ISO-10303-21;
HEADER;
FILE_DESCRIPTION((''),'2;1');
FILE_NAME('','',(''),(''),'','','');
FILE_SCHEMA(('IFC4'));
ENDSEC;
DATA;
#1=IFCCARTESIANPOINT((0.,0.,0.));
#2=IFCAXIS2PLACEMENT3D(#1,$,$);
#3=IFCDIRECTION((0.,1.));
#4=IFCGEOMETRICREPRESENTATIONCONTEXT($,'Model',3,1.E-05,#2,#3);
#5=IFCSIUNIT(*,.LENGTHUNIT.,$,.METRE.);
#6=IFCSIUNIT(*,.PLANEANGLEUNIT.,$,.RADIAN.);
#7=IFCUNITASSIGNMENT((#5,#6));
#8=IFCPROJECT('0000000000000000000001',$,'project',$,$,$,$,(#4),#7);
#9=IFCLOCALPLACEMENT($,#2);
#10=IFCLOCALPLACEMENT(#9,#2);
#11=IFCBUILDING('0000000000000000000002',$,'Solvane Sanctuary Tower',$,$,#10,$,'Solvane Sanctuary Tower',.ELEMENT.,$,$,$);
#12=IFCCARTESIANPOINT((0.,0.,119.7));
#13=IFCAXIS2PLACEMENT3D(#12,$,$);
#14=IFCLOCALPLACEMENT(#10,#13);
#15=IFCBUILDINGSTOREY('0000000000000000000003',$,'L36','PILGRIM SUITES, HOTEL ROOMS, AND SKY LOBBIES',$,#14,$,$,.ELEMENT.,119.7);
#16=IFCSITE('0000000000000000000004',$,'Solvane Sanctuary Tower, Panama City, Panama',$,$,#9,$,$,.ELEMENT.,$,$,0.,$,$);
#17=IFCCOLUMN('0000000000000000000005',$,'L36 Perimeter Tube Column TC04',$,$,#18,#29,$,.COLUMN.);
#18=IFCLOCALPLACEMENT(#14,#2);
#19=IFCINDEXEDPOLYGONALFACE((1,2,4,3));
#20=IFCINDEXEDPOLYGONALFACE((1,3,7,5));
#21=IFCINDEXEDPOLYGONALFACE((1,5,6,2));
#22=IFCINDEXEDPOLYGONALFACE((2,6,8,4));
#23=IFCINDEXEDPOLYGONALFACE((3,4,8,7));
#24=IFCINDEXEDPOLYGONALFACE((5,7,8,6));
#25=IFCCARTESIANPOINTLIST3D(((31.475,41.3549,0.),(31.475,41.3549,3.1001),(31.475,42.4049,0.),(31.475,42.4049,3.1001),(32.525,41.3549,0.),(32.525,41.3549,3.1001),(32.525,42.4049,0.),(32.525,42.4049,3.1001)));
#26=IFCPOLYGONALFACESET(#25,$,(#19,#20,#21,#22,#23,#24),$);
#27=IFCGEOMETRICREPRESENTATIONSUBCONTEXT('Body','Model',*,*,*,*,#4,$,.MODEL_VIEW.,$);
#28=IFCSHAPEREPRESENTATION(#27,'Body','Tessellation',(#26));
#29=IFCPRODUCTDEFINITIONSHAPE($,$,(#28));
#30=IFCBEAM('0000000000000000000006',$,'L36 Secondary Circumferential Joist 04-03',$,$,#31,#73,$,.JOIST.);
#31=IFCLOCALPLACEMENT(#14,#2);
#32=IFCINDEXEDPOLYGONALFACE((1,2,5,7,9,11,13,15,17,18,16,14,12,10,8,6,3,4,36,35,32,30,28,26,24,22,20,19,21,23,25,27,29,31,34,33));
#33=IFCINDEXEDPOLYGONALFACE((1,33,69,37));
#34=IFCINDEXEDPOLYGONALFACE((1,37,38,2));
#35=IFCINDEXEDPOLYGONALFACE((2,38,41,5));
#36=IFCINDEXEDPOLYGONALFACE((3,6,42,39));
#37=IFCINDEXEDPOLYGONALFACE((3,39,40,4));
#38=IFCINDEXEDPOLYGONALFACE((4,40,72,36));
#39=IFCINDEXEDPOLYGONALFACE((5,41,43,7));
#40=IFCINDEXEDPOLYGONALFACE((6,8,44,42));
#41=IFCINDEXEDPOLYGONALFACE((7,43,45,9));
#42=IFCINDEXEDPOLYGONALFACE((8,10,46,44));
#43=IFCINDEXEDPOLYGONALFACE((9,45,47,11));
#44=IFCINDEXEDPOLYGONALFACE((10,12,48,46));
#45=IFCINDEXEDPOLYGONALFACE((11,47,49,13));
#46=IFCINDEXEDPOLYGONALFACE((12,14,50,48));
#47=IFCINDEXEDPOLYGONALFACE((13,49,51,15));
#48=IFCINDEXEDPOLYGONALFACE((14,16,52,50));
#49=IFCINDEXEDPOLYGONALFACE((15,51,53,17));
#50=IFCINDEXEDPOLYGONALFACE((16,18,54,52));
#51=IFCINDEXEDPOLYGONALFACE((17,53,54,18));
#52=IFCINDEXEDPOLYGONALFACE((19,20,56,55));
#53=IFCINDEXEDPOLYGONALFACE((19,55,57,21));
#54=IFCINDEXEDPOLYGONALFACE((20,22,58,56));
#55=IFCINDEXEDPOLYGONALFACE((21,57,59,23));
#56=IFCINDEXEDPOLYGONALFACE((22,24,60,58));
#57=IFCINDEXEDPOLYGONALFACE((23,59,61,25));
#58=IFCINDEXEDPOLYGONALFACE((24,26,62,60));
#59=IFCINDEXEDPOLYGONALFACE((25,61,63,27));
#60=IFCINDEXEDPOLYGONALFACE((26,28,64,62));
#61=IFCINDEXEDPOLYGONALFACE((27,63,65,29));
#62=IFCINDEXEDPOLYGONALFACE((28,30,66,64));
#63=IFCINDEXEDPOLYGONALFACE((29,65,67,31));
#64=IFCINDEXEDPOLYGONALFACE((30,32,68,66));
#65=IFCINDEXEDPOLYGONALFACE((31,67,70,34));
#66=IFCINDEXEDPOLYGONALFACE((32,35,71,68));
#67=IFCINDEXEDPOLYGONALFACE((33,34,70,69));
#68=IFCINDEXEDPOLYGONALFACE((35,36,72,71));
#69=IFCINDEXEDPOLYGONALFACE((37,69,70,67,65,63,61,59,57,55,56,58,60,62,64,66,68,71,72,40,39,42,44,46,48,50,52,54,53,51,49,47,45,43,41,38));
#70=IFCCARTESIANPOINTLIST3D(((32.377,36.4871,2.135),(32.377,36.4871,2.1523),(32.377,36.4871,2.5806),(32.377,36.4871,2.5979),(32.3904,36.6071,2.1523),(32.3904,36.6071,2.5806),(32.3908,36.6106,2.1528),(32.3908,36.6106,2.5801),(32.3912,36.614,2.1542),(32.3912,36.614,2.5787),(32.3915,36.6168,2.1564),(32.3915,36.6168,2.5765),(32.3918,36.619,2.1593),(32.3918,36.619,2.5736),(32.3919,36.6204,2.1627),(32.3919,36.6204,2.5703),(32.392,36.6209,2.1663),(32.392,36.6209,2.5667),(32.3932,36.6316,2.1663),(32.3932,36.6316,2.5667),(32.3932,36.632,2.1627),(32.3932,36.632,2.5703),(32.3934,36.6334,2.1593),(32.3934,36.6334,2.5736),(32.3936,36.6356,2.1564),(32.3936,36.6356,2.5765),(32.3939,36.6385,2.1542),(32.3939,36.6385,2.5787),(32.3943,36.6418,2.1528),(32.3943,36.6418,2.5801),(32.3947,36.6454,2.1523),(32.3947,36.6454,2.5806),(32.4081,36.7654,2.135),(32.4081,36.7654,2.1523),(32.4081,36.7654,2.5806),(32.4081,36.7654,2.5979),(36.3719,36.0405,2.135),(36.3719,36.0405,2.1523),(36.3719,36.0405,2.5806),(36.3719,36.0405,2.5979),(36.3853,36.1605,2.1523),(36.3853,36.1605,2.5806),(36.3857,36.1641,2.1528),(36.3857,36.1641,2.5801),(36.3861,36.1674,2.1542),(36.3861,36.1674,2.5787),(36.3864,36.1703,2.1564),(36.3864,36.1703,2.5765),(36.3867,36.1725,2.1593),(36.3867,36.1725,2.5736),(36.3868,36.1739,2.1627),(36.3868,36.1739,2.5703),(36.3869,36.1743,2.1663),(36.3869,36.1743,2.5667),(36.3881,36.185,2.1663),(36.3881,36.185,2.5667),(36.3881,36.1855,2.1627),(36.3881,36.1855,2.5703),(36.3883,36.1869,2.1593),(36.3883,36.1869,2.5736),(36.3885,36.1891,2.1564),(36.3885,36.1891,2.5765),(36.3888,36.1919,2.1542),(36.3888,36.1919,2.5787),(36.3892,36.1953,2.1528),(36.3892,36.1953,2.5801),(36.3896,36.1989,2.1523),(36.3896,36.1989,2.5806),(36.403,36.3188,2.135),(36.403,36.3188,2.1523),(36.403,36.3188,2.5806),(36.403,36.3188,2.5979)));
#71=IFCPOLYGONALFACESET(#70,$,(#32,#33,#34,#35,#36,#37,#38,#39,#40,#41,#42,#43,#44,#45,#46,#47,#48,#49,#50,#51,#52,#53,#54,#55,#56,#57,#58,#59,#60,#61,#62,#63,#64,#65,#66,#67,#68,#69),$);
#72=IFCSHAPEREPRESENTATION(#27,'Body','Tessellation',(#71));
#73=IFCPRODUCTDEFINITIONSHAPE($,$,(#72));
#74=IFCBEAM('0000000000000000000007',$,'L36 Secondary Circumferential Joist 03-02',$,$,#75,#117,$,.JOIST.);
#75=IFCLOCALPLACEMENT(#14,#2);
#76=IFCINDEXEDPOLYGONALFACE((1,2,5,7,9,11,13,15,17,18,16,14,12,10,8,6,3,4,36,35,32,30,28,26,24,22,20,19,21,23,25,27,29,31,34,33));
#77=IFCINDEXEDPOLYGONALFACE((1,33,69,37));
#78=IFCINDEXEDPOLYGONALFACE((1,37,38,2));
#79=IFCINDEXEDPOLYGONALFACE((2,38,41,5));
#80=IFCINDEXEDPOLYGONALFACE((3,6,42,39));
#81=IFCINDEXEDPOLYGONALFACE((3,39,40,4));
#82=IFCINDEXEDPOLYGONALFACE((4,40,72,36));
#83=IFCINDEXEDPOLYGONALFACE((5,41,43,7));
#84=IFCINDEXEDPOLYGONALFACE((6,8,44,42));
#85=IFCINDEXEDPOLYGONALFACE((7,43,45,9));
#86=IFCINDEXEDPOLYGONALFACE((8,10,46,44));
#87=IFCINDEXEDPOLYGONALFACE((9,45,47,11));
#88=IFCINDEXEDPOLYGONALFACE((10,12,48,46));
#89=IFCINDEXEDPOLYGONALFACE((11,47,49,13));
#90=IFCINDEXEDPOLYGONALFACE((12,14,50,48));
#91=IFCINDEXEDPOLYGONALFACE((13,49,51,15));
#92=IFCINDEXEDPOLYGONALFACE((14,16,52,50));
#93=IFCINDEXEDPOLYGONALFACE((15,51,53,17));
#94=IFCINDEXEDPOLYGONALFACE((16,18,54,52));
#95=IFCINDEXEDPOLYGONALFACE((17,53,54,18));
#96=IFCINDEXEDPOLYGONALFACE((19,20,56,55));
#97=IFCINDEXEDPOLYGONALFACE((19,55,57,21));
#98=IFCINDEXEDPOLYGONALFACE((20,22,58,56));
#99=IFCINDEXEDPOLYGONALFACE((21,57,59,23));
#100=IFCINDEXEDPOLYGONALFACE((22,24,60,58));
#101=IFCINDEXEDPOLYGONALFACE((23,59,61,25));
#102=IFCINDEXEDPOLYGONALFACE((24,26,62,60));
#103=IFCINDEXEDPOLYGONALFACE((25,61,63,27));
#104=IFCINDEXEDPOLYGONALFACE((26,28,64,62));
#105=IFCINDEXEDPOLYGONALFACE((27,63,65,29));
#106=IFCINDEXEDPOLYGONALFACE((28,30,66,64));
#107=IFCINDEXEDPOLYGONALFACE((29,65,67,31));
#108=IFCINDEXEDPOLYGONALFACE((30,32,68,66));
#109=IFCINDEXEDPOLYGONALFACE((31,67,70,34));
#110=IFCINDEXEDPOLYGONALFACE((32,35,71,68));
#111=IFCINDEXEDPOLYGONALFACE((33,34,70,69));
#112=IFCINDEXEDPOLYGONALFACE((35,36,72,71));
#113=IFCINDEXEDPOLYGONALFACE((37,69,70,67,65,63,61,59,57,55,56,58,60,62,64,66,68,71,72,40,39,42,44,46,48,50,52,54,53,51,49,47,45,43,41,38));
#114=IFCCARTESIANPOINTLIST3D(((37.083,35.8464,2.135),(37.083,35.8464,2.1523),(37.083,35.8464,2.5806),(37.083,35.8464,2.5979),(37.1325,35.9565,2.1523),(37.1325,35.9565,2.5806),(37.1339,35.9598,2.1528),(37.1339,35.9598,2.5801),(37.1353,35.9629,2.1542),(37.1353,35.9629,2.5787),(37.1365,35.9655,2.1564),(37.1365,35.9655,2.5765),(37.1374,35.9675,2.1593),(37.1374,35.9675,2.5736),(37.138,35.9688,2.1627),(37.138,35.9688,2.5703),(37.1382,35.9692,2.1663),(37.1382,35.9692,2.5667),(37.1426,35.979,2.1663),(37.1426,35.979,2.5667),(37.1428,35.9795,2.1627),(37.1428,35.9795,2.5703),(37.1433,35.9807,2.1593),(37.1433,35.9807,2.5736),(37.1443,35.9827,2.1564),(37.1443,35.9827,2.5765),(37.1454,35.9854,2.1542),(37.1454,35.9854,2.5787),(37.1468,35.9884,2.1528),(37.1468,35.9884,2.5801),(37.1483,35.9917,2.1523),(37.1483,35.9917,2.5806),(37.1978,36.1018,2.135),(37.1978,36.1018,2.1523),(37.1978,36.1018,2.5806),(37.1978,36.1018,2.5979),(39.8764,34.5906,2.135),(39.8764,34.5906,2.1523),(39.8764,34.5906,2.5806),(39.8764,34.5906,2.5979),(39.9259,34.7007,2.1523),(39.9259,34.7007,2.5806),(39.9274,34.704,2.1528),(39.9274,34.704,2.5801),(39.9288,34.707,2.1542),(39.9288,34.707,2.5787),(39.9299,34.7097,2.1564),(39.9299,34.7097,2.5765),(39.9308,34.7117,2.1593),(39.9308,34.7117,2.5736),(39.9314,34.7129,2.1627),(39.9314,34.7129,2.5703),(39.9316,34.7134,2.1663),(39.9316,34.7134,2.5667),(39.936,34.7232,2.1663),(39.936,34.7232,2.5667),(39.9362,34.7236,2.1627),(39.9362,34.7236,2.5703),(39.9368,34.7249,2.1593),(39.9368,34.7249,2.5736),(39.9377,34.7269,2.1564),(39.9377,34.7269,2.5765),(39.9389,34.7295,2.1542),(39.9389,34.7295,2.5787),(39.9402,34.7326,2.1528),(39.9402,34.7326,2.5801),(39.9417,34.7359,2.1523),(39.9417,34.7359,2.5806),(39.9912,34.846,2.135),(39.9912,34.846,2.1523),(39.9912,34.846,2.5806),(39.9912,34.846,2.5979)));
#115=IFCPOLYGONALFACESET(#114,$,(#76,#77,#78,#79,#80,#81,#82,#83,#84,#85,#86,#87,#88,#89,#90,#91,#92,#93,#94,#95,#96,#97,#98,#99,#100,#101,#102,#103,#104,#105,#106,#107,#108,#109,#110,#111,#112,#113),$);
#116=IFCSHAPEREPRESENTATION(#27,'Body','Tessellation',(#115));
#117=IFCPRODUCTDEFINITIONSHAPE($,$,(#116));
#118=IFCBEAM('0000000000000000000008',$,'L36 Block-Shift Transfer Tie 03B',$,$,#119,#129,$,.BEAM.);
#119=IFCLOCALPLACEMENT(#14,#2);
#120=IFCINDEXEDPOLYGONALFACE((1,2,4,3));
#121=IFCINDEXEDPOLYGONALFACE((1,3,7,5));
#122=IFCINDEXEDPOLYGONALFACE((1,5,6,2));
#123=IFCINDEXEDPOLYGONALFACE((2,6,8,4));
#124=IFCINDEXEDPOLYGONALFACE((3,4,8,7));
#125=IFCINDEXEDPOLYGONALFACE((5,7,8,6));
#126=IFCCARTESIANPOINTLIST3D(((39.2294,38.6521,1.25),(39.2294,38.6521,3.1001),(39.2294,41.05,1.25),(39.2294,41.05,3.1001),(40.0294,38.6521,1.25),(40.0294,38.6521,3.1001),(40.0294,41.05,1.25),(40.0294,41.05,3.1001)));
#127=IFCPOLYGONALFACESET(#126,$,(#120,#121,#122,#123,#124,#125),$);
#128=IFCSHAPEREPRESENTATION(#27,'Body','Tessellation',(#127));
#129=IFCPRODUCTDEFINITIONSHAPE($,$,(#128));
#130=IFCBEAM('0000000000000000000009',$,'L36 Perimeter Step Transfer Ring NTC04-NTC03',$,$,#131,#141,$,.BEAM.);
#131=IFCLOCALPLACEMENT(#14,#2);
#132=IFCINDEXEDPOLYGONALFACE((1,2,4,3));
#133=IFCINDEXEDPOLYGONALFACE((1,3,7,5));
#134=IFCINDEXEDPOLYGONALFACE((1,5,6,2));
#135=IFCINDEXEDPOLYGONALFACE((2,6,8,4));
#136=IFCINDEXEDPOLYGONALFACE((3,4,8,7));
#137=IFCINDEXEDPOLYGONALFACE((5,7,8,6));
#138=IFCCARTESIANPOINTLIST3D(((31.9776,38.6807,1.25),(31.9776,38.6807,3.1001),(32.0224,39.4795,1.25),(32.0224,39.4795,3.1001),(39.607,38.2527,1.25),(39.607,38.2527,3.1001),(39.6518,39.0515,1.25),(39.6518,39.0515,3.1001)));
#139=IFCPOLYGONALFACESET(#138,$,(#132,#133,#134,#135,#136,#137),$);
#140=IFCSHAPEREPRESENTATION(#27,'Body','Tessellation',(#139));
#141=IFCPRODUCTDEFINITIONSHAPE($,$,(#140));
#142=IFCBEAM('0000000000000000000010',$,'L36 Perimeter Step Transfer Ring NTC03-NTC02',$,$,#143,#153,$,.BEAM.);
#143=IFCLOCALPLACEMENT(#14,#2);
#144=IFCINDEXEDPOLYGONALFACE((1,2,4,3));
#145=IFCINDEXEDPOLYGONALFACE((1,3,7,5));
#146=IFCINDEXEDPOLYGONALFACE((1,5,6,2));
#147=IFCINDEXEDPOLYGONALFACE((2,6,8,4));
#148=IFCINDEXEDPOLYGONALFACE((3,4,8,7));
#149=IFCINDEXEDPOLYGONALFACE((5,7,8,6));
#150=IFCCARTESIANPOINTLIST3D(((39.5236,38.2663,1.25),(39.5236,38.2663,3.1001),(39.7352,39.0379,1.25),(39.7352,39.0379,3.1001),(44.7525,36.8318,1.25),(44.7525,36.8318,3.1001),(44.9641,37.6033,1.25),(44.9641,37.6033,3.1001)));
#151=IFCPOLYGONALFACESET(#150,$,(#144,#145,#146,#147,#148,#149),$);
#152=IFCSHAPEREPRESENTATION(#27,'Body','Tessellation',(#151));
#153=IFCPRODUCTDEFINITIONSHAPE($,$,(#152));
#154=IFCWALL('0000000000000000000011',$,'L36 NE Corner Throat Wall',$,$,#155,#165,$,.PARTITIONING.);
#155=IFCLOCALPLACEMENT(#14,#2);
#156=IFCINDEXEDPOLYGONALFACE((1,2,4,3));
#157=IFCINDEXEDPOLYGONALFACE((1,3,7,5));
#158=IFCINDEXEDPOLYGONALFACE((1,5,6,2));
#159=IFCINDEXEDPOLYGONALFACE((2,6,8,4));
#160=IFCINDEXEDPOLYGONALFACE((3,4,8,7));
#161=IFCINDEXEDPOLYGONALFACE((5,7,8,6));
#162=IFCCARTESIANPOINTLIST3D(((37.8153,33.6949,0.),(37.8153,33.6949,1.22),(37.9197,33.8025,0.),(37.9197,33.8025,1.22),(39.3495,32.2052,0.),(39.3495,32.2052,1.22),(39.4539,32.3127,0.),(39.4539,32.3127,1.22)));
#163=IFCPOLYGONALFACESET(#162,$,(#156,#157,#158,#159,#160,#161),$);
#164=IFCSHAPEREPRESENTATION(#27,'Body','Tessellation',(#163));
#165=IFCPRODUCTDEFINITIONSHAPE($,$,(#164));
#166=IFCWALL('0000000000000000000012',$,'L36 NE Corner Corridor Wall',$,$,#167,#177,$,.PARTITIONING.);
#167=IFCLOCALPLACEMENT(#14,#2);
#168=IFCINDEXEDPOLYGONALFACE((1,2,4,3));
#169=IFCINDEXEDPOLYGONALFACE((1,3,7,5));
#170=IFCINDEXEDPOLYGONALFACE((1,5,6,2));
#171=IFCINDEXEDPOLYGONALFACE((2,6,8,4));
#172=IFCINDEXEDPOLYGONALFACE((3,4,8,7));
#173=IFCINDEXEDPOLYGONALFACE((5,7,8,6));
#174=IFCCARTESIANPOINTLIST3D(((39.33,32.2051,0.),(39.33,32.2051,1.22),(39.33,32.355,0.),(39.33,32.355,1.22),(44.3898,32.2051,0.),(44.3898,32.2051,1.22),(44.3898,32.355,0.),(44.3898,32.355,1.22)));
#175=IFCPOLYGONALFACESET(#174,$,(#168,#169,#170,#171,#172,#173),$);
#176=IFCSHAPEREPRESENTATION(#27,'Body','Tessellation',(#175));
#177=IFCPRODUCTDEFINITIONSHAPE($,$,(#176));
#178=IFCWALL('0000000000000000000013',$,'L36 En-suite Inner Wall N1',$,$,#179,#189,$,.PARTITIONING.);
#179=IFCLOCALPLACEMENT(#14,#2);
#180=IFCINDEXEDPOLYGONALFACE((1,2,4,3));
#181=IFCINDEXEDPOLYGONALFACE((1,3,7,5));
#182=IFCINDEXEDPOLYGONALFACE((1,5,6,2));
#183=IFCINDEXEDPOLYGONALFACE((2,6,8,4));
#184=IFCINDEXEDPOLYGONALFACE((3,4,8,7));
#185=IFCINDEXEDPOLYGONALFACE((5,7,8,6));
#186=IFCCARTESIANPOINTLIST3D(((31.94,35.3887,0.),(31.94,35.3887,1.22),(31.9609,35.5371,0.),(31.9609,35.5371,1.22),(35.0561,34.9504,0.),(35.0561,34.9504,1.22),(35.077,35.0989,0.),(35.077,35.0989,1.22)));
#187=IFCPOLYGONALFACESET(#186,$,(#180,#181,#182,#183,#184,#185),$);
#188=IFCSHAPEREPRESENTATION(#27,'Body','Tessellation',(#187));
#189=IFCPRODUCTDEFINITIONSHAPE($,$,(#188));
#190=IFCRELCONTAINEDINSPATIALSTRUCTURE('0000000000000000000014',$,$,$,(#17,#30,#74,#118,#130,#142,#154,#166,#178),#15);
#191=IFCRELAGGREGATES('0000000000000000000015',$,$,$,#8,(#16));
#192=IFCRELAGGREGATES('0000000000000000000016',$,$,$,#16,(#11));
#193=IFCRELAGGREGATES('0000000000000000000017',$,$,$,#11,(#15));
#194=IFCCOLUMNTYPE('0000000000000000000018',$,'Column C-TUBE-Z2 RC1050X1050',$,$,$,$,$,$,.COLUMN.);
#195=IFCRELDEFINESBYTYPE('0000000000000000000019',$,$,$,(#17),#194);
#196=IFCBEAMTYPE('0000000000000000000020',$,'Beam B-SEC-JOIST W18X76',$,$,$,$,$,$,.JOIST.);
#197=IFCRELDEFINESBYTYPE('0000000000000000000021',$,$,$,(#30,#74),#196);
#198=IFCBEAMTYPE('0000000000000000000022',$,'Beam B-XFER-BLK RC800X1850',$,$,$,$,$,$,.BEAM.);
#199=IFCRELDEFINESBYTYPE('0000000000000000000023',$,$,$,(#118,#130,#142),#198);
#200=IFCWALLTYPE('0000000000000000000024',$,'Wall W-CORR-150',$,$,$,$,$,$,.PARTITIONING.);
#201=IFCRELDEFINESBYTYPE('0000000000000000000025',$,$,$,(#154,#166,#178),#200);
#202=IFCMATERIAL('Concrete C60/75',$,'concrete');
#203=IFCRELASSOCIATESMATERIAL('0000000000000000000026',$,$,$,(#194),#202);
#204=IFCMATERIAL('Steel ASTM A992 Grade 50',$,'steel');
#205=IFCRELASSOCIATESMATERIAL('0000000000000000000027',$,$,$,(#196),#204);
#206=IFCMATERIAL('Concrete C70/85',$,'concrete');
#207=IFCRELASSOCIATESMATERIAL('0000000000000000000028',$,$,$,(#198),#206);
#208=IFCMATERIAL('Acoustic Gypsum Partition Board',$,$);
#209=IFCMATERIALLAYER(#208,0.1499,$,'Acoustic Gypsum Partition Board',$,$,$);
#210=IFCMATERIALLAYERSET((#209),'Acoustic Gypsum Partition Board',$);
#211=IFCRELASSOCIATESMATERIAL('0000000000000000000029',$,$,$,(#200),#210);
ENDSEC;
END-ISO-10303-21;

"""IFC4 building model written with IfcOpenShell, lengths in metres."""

from ifc_helpers import new_model, si_unit, direction, frame, frame_2d, origin, origin_2d, place, context, subcontext, project, spatial, rectangle, i_section, extrude, material, layer, layer_set, material_profile, profile_set, type_object, element, save


model = new_model("IFC4")

# Units and contexts
model_context = context("Model", 3, precision=1e-05, world=origin(), true_north=direction((0.0, 1.0)))
body_context = subcontext(model_context, "Body", "Model", "MODEL_VIEW")
ifc_project = project(units=[si_unit("LENGTHUNIT", "METRE"), si_unit("PLANEANGLEUNIT", "RADIAN")], contexts=[model_context])

# Site, building, storey
site_placement = place(None, origin())
site = spatial("IfcSite", under=ifc_project, at=site_placement, Name="Solvane Sanctuary Tower, Panama City, Panama", CompositionType="ELEMENT", RefElevation=0.0)
building_placement = place(site_placement, origin())
building = spatial("IfcBuilding", under=site, at=building_placement, Name="Solvane Sanctuary Tower", LongName="Solvane Sanctuary Tower", CompositionType="ELEMENT")
storey_placement = place(building_placement, frame((0.0, 0.0, 119.7)))
storey = spatial("IfcBuildingStorey", under=building, at=storey_placement, Name="L36", Description="PILGRIM SUITES, HOTEL ROOMS, AND SKY LOBBIES", CompositionType="ELEMENT", Elevation=119.7)

# Column
ifc_material_1 = material(Name="Concrete C60/75", Category="concrete")
ifc_material_profile_1 = material_profile(ifc_material_1, rectangle(XDim=1.05, YDim=1.05, at=origin_2d()), Name="RC1050X1050")
ifc_profile_set_1 = profile_set([ifc_material_profile_1], Name="Concrete C60/75")
column_type = type_object("IfcColumnType", Name="Column C-TUBE-Z2 RC1050X1050", PredefinedType="COLUMN", material=ifc_profile_set_1)
column_placement = place(storey_placement, frame((32.0, 41.8799, 0.0), z_axis=(0.0, 0.0, 1.0), x_axis=(0.0, 1.0, 0.0)))
element("IfcColumn", 1, at=column_placement, inside=storey, type_object=column_type, Name="L36 Perimeter Tube Column TC04", PredefinedType="COLUMN", context=body_context, shape_type="SweptSolid", body=[
    extrude(rectangle(XDim=1.05, YDim=1.05, at=origin_2d()), origin(), (0.0, 0.0, 1.0), 3.1001),
])

# Beams
ifc_material_2 = material(Name="Steel ASTM A992 Grade 50", Category="steel")
ifc_material_profile_2 = material_profile(ifc_material_2, i_section(OverallWidth=0.28, OverallDepth=0.4629, WebThickness=0.0107, FlangeThickness=0.0173, FilletRadius=0.0139, at=origin_2d()), Name="W18X76")
ifc_profile_set_2 = profile_set([ifc_material_profile_2], Name="Steel ASTM A992 Grade 50")
beam_type_1 = type_object("IfcBeamType", Name="Beam B-SEC-JOIST W18X76", PredefinedType="JOIST", material=ifc_profile_set_2)
beam_1_placement = place(storey_placement, frame((32.3926, 36.6262, 2.3665), z_axis=(0.993811, -0.111085, 0.0), x_axis=(0.111085, 0.993811, 0.0)))
element("IfcBeam", 2, at=beam_1_placement, inside=storey, type_object=beam_type_1, Name="L36 Secondary Circumferential Joist 04-03", PredefinedType="JOIST", context=body_context, shape_type="SweptSolid", body=[
    extrude(i_section(OverallWidth=0.28, OverallDepth=0.4629, WebThickness=0.0107, FlangeThickness=0.0173, FilletRadius=0.0139, at=origin_2d()), origin(), (0.0, 0.0, 1.0), 4.0198),
])
beam_2_placement = place(storey_placement, frame((37.1404, 35.9741, 2.3665), z_axis=(0.912068, -0.41004, 0.0), x_axis=(0.41004, 0.912068, 0.0)))
element("IfcBeam", 3, at=beam_2_placement, inside=storey, type_object=beam_type_1, Name="L36 Secondary Circumferential Joist 03-02", PredefinedType="JOIST", context=body_context, shape_type="SweptSolid", body=[
    extrude(i_section(OverallWidth=0.28, OverallDepth=0.4629, WebThickness=0.0107, FlangeThickness=0.0173, FilletRadius=0.0139, at=origin_2d()), origin(), (0.0, 0.0, 1.0), 3.0627),
])
ifc_material_3 = material(Name="Concrete C70/85", Category="concrete")
ifc_material_profile_3 = material_profile(ifc_material_3, rectangle(XDim=0.8, YDim=1.8501, at=origin_2d()), Name="RC800X1850")
ifc_profile_set_3 = profile_set([ifc_material_profile_3], Name="Concrete C70/85")
beam_type_2 = type_object("IfcBeamType", Name="Beam B-XFER-BLK RC800X1850", PredefinedType="BEAM", material=ifc_profile_set_3)
beam_3_placement = place(storey_placement, frame((39.6294, 41.05, 2.175), z_axis=(0.0, -1.0, 0.0), x_axis=(1.0, 0.0, 0.0)))
element("IfcBeam", 4, at=beam_3_placement, inside=storey, type_object=beam_type_2, Name="L36 Block-Shift Transfer Tie 03B", PredefinedType="BEAM", context=body_context, shape_type="SweptSolid", body=[
    extrude(rectangle(XDim=0.8, YDim=1.8501, at=origin_2d()), origin(), (0.0, 0.0, 1.0), 2.3979),
])
beam_4_placement = place(storey_placement, frame((32.0, 39.0801, 2.175), z_axis=(0.99843, -0.056008, 0.0), x_axis=(0.056008, 0.99843, 0.0)))
element("IfcBeam", 5, at=beam_4_placement, inside=storey, type_object=beam_type_2, Name="L36 Perimeter Step Transfer Ring NTC04-NTC03", PredefinedType="BEAM", context=body_context, shape_type="SweptSolid", body=[
    extrude(rectangle(XDim=0.8, YDim=1.8501, at=origin_2d()), origin(), (0.0, 0.0, 1.0), 7.6414),
])
beam_5_placement = place(storey_placement, frame((39.6294, 38.6521, 2.175), z_axis=(0.964366, -0.264572, 0.0), x_axis=(0.264572, 0.964366, 0.0)))
element("IfcBeam", 6, at=beam_5_placement, inside=storey, type_object=beam_type_2, Name="L36 Perimeter Step Transfer Ring NTC03-NTC02", PredefinedType="BEAM", context=body_context, shape_type="SweptSolid", body=[
    extrude(rectangle(XDim=0.8, YDim=1.8501, at=origin_2d()), origin(), (0.0, 0.0, 1.0), 5.4221),
])

# Walls
ifc_material_4 = material(Name="Acoustic Gypsum Partition Board")
ifc_layer_1 = layer(ifc_material_4, 0.1499, Name="Acoustic Gypsum Partition Board")
ifc_layer_set_1 = layer_set([ifc_layer_1], Name="Acoustic Gypsum Partition Board")
wall_type_1 = type_object("IfcWallType", Name="Wall W-CORR-150", PredefinedType="PARTITIONING", material=ifc_layer_set_1)
wall_1_placement = place(storey_placement, frame((37.8674, 33.7488, 0.0), z_axis=(0.0, 0.0, 1.0), x_axis=(0.71742, -0.696641, 0.0)))
element("IfcWall", 7, at=wall_1_placement, inside=storey, type_object=wall_type_1, Name="L36 NE Corner Throat Wall", PredefinedType="PARTITIONING", context=body_context, shape_type="SweptSolid", body=[
    extrude(rectangle(XDim=2.1384, YDim=0.1499, at=frame_2d((1.0693, 0.0))), origin(), (0.0, 0.0, 1.0), 1.22),
])
wall_2_placement = place(storey_placement, frame((39.3301, 32.28, 0.0), z_axis=(0.0, 0.0, 1.0), x_axis=(1.0, 0.0, 0.0)))
element("IfcWall", 8, at=wall_2_placement, inside=storey, type_object=wall_type_1, Name="L36 NE Corner Corridor Wall", PredefinedType="PARTITIONING", context=body_context, shape_type="SweptSolid", body=[
    extrude(rectangle(XDim=5.0598, YDim=0.1499, at=frame_2d((2.5298, 0.0))), origin(), (0.0, 0.0, 1.0), 1.22),
])
wall_3_placement = place(storey_placement, frame((35.0664, 35.0247, 0.0), z_axis=(0.0, 0.0, 1.0), x_axis=(-0.990254, 0.13927, 0.0)))
element("IfcWall", 9, at=wall_3_placement, inside=storey, type_object=wall_type_1, Name="L36 En-suite Inner Wall N1", PredefinedType="PARTITIONING", context=body_context, shape_type="SweptSolid", body=[
    extrude(rectangle(XDim=3.1467, YDim=0.1499, at=frame_2d((1.5732, 0.0))), origin(), (0.0, 0.0, 1.0), 1.22),
])

save(model, "model.ifc")
